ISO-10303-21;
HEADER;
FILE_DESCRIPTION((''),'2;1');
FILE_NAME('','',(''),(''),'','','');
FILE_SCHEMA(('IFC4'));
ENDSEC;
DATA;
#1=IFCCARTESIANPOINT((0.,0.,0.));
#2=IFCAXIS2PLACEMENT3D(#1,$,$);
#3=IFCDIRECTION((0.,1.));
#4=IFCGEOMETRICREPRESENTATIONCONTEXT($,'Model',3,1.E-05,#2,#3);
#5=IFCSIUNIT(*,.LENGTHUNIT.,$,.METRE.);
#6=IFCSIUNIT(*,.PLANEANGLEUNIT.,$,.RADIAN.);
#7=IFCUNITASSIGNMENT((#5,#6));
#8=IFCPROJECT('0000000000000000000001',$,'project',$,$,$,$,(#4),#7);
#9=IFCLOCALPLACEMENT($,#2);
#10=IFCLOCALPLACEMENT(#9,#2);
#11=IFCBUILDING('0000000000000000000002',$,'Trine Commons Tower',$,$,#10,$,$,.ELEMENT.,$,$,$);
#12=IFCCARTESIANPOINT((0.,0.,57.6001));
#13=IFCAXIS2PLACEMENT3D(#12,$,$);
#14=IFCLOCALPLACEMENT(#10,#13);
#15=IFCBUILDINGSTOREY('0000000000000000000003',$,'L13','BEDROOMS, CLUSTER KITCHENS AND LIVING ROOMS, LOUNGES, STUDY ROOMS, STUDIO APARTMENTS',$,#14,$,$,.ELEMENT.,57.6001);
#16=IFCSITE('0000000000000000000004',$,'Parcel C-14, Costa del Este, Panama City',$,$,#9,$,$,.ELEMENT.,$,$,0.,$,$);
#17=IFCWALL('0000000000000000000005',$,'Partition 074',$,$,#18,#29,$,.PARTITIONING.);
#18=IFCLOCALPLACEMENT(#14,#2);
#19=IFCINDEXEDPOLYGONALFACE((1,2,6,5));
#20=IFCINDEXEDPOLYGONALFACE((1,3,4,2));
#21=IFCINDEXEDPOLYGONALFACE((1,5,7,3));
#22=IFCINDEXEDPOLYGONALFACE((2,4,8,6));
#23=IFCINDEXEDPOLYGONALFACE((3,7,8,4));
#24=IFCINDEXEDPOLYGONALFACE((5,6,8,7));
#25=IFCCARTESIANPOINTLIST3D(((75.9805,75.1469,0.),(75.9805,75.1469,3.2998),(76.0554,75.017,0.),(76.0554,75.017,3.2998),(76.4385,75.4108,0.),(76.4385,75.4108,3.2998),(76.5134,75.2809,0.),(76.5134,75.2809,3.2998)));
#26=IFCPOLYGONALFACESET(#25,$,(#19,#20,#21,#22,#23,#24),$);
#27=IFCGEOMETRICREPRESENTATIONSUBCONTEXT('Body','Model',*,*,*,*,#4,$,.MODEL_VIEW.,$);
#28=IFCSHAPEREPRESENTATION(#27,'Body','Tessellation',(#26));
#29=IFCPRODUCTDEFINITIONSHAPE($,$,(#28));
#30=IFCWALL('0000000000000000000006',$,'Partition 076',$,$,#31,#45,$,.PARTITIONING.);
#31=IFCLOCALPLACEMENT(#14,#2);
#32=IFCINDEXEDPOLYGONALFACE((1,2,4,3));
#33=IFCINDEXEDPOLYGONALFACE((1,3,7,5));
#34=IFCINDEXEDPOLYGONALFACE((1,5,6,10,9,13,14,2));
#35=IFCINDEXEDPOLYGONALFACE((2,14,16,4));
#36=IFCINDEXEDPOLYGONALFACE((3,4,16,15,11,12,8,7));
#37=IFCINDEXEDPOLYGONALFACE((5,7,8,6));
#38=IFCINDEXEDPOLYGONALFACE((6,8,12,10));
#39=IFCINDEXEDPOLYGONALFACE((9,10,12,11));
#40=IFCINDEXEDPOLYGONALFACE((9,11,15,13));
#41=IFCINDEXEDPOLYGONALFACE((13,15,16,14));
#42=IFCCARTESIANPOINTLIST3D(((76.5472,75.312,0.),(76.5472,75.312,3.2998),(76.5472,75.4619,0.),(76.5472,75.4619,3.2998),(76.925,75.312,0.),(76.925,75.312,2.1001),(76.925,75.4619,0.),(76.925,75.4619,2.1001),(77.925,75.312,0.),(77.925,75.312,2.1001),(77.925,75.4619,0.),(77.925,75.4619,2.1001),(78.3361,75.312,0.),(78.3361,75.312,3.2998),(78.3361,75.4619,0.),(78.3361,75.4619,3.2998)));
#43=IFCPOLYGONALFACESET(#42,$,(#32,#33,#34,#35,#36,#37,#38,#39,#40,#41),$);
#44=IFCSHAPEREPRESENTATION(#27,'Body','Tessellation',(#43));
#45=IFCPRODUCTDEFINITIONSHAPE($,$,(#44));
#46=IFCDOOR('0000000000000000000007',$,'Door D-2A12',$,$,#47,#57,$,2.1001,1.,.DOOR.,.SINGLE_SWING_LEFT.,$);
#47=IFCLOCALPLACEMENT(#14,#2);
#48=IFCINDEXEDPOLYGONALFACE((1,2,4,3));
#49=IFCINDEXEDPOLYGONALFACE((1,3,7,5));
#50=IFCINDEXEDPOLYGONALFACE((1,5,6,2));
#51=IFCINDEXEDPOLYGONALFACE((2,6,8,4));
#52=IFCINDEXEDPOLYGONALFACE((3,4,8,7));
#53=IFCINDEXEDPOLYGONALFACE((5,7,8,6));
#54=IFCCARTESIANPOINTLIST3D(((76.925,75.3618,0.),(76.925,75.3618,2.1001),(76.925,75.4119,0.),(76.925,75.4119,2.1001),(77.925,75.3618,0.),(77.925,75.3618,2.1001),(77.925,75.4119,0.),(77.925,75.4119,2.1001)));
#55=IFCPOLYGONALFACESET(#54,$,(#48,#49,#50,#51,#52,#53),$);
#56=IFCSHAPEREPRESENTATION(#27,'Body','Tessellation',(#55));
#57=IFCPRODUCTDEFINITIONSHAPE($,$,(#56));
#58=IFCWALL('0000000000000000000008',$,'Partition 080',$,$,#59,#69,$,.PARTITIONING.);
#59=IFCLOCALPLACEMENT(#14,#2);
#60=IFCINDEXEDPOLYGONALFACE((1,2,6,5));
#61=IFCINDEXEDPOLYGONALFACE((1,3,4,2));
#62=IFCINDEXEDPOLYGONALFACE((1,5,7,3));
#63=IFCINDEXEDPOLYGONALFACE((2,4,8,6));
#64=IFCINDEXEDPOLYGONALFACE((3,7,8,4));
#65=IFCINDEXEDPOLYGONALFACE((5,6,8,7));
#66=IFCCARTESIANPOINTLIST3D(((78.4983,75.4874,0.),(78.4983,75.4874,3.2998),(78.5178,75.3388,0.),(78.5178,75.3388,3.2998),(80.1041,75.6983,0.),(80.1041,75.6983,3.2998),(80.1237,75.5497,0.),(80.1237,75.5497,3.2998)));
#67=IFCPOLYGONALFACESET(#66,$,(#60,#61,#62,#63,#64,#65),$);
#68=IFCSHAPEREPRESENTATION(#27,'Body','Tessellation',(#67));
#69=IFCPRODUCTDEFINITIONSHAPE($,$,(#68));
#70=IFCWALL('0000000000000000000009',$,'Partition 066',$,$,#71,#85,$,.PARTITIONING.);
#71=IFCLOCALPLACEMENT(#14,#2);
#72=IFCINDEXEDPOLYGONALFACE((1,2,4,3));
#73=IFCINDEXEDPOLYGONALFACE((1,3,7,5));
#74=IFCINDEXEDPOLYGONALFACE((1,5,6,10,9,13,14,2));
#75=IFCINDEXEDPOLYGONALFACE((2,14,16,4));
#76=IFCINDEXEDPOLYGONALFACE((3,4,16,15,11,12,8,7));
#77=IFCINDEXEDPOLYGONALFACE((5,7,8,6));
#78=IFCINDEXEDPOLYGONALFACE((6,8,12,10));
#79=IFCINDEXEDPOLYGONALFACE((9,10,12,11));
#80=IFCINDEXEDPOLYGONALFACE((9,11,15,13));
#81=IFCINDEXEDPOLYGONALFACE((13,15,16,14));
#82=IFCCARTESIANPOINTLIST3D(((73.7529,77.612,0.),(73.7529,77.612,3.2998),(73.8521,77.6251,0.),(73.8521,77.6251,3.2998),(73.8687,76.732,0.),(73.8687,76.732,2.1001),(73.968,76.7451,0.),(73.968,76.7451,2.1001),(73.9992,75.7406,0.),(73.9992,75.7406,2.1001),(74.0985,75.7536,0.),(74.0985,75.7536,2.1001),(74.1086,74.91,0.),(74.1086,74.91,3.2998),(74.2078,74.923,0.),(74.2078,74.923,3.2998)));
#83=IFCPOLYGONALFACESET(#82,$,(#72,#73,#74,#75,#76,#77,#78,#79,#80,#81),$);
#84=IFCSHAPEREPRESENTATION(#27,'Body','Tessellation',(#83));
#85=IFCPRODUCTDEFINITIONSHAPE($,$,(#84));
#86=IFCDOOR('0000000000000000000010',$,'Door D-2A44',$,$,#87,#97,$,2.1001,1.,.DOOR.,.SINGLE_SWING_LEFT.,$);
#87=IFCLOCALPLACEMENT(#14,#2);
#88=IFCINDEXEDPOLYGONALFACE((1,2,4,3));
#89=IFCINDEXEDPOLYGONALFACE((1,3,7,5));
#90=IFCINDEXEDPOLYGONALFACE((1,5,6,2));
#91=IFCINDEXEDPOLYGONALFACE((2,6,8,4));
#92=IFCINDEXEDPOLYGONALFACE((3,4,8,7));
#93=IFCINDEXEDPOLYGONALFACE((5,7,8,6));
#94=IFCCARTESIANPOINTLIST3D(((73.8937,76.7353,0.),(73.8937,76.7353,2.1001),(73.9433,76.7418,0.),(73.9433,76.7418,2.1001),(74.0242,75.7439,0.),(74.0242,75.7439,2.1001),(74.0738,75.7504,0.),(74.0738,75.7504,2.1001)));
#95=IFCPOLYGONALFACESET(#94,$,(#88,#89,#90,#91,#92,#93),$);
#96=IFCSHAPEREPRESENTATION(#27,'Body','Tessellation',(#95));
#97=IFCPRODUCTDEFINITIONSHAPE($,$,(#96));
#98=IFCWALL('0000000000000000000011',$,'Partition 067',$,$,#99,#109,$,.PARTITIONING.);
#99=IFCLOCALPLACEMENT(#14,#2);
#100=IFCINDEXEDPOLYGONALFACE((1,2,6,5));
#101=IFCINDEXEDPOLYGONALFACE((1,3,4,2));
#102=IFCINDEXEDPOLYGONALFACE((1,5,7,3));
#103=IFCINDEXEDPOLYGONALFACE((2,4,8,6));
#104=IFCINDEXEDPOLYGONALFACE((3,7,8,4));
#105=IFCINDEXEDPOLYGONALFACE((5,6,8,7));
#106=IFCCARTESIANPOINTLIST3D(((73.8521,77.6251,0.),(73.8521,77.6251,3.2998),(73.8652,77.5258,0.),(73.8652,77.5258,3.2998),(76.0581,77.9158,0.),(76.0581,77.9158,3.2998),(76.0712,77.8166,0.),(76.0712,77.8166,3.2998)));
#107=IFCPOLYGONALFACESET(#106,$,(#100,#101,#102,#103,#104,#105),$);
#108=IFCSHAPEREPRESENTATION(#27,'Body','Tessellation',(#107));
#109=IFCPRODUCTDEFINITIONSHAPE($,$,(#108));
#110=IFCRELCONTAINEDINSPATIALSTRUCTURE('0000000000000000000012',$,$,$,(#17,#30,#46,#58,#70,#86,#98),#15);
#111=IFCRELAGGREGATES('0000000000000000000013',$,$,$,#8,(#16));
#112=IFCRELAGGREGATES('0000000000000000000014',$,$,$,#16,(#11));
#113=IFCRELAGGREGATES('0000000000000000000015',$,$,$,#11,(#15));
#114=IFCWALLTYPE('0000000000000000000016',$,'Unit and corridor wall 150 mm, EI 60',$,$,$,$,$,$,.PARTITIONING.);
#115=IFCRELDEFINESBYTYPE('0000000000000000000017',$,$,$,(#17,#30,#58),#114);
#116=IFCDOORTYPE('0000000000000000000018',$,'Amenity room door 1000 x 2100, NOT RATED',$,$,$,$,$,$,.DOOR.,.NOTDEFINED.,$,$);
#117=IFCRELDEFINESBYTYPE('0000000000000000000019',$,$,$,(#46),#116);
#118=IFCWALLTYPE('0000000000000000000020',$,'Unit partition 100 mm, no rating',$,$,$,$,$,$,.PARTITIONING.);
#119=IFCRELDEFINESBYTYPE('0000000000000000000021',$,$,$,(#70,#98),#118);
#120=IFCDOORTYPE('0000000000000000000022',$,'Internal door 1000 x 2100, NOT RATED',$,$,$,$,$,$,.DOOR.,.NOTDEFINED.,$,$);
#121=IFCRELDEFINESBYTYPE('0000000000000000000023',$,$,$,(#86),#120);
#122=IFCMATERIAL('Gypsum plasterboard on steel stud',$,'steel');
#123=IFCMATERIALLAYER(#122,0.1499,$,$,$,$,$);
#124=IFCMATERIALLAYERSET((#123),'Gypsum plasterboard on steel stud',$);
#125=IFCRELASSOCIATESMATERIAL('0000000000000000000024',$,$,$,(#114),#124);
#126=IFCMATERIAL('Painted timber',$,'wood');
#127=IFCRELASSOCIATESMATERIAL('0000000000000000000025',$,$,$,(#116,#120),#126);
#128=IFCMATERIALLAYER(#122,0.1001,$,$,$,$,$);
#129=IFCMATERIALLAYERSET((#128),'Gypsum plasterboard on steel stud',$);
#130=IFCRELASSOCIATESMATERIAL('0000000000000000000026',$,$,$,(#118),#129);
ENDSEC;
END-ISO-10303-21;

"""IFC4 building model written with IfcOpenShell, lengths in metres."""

from ifc_helpers import new_model, si_unit, direction, frame, frame_2d, origin, place, context, subcontext, project, spatial, rectangle, extrude, material, layer, layer_set, type_object, element, fill, save


model = new_model("IFC4")

# Units and contexts
model_context = context("Model", 3, precision=1e-05, world=origin(), true_north=direction((0.0, 1.0)))
body_context = subcontext(model_context, "Body", "Model", "MODEL_VIEW")
ifc_project = project(units=[si_unit("LENGTHUNIT", "METRE"), si_unit("PLANEANGLEUNIT", "RADIAN")], contexts=[model_context])

# Site, building, storey
site_placement = place(None, origin())
site = spatial("IfcSite", under=ifc_project, at=site_placement, Name="Parcel C-14, Costa del Este, Panama City", CompositionType="ELEMENT", RefElevation=0.0)
building_placement = place(site_placement, origin())
building = spatial("IfcBuilding", under=site, at=building_placement, Name="Trine Commons Tower", CompositionType="ELEMENT")
storey_placement = place(building_placement, frame((0.0, 0.0, 57.6001)))
storey = spatial("IfcBuildingStorey", under=building, at=storey_placement, Name="L13", Description="BEDROOMS, CLUSTER KITCHENS AND LIVING ROOMS, LOUNGES, STUDY ROOMS, STUDIO APARTMENTS", CompositionType="ELEMENT", Elevation=57.6001)

# Shared definitions
ifc_material_1 = material(Name="Gypsum plasterboard on steel stud", Category="steel")
ifc_layer_1 = layer(ifc_material_1, 0.1499)
ifc_layer_set_1 = layer_set([ifc_layer_1], Name="Gypsum plasterboard on steel stud")
wall_type_1 = type_object("IfcWallType", Name="Unit and corridor wall 150 mm, EI 60", PredefinedType="PARTITIONING", material=ifc_layer_set_1)

# Wall
wall_1_placement = place(storey_placement, frame((76.0181, 75.082, 0.0), z_axis=(0.0, 0.0, 1.0), x_axis=(0.866447, 0.499269, 0.0)))
element("IfcWall", 1, at=wall_1_placement, inside=storey, type_object=wall_type_1, Name="Partition 074", PredefinedType="PARTITIONING", context=body_context, shape_type="SweptSolid", body=[
    extrude(rectangle(XDim=0.5286, YDim=0.1499, at=frame_2d((0.2642, 0.0))), origin(), (0.0, 0.0, 1.0), 3.2998),
])

# Wall, opening, door
wall_2_placement = place(storey_placement, frame((76.5471, 75.387, 0.0), z_axis=(0.0, 0.0, 1.0), x_axis=(1.0, 0.0, 0.0)))
wall_2 = element("IfcWall", 2, at=wall_2_placement, inside=storey, type_object=wall_type_1, Name="Partition 076", PredefinedType="PARTITIONING", context=body_context, shape_type="SweptSolid", body=[
    extrude(rectangle(XDim=1.7888, YDim=0.1499, at=frame_2d((0.8945, 0.0))), origin(), (0.0, 0.0, 1.0), 3.2998),
])
opening_1_placement = place(wall_2_placement, frame((0.3779, 0.0, 0.0)))
opening_1 = element("IfcOpeningElement", 3, at=opening_1_placement, cuts=wall_2, PredefinedType="OPENING", context=body_context, shape_type="SweptSolid", body=[
    extrude(rectangle(XDim=1.0, YDim=2.1001, at=frame_2d((0.5, 1.05))), frame((0.0, 0.085, 0.0), z_axis=(0.0, -1.0, 0.0), x_axis=(1.0, 0.0, 0.0)), (0.0, 0.0, 1.0), 0.1699),
])
ifc_material_2 = material(Name="Painted timber", Category="wood")
door_type_1 = type_object("IfcDoorType", Name="Amenity room door 1000 x 2100, NOT RATED", OperationType="NOTDEFINED", PredefinedType="DOOR", material=ifc_material_2)
door_1_placement = place(opening_1_placement, origin())
door_1 = element("IfcDoor", 4, at=door_1_placement, inside=storey, type_object=door_type_1, Name="Door D-2A12", OperationType="SINGLE_SWING_LEFT", OverallHeight=2.1001, OverallWidth=1.0, PredefinedType="DOOR", context=body_context, shape_type="SweptSolid", body=[
    extrude(rectangle(XDim=1.0, YDim=2.1001, at=frame_2d((0.5, 1.05))), frame((0.0, 0.0249, 0.0), z_axis=(0.0, -1.0, 0.0), x_axis=(1.0, 0.0, 0.0)), (0.0, 0.0, 1.0), 0.05),
])
fill(opening_1, door_1)

# Wall
wall_3_placement = place(storey_placement, frame((78.5081, 75.4131, 0.0), z_axis=(0.0, 0.0, 1.0), x_axis=(0.991484, 0.130228, 0.0)))
element("IfcWall", 5, at=wall_3_placement, inside=storey, type_object=wall_type_1, Name="Partition 080", PredefinedType="PARTITIONING", context=body_context, shape_type="SweptSolid", body=[
    extrude(rectangle(XDim=1.6196, YDim=0.1499, at=frame_2d((0.8098, 0.0))), origin(), (0.0, 0.0, 1.0), 3.2998),
])

# Wall, opening, door
ifc_layer_2 = layer(ifc_material_1, 0.1001)
ifc_layer_set_2 = layer_set([ifc_layer_2], Name="Gypsum plasterboard on steel stud")
wall_type_2 = type_object("IfcWallType", Name="Unit partition 100 mm, no rating", PredefinedType="PARTITIONING", material=ifc_layer_set_2)
wall_4_placement = place(storey_placement, frame((73.8025, 77.6187, 0.0), z_axis=(0.0, 0.0, 1.0), x_axis=(0.130515, -0.991446, 0.0)))
wall_4 = element("IfcWall", 6, at=wall_4_placement, inside=storey, type_object=wall_type_2, Name="Partition 066", PredefinedType="PARTITIONING", context=body_context, shape_type="SweptSolid", body=[
    extrude(rectangle(XDim=2.7253, YDim=0.1001, at=frame_2d((1.3628, 0.0))), origin(), (0.0, 0.0, 1.0), 3.2998),
])
opening_2_placement = place(wall_4_placement, frame((0.8877, 0.0, 0.0)))
opening_2 = element("IfcOpeningElement", 7, at=opening_2_placement, cuts=wall_4, PredefinedType="OPENING", context=body_context, shape_type="SweptSolid", body=[
    extrude(rectangle(XDim=1.0, YDim=2.1001, at=frame_2d((0.5, 1.05))), frame((0.0, 0.0601, 0.0), z_axis=(0.0, -1.0, 0.0), x_axis=(1.0, 0.0, 0.0)), (0.0, 0.0, 1.0), 0.1201),
])
door_type_2 = type_object("IfcDoorType", Name="Internal door 1000 x 2100, NOT RATED", OperationType="NOTDEFINED", PredefinedType="DOOR", material=ifc_material_2)
door_2_placement = place(opening_2_placement, frame((1.0, 0.0, 0.0), z_axis=(0.0, 0.0, 1.0), x_axis=(-1.0, 0.0, 0.0)))
door_2 = element("IfcDoor", 8, at=door_2_placement, inside=storey, type_object=door_type_2, Name="Door D-2A44", OperationType="SINGLE_SWING_LEFT", OverallHeight=2.1001, OverallWidth=1.0, PredefinedType="DOOR", context=body_context, shape_type="SweptSolid", body=[
    extrude(rectangle(XDim=1.0, YDim=2.1001, at=frame_2d((0.5, 1.05))), frame((0.0, 0.0249, 0.0), z_axis=(0.0, -1.0, 0.0), x_axis=(1.0, 0.0, 0.0)), (0.0, 0.0, 1.0), 0.05),
])
fill(opening_2, door_2)

# Wall
wall_5_placement = place(storey_placement, frame((73.8586, 77.5754, 0.0), z_axis=(0.0, 0.0, 1.0), x_axis=(0.991425, 0.130676, 0.0)))
element("IfcWall", 9, at=wall_5_placement, inside=storey, type_object=wall_type_2, Name="Partition 067", PredefinedType="PARTITIONING", context=body_context, shape_type="SweptSolid", body=[
    extrude(rectangle(XDim=2.2251, YDim=0.1001, at=frame_2d((1.1125, 0.0))), origin(), (0.0, 0.0, 1.0), 3.2998),
])

save(model, "model.ifc")
